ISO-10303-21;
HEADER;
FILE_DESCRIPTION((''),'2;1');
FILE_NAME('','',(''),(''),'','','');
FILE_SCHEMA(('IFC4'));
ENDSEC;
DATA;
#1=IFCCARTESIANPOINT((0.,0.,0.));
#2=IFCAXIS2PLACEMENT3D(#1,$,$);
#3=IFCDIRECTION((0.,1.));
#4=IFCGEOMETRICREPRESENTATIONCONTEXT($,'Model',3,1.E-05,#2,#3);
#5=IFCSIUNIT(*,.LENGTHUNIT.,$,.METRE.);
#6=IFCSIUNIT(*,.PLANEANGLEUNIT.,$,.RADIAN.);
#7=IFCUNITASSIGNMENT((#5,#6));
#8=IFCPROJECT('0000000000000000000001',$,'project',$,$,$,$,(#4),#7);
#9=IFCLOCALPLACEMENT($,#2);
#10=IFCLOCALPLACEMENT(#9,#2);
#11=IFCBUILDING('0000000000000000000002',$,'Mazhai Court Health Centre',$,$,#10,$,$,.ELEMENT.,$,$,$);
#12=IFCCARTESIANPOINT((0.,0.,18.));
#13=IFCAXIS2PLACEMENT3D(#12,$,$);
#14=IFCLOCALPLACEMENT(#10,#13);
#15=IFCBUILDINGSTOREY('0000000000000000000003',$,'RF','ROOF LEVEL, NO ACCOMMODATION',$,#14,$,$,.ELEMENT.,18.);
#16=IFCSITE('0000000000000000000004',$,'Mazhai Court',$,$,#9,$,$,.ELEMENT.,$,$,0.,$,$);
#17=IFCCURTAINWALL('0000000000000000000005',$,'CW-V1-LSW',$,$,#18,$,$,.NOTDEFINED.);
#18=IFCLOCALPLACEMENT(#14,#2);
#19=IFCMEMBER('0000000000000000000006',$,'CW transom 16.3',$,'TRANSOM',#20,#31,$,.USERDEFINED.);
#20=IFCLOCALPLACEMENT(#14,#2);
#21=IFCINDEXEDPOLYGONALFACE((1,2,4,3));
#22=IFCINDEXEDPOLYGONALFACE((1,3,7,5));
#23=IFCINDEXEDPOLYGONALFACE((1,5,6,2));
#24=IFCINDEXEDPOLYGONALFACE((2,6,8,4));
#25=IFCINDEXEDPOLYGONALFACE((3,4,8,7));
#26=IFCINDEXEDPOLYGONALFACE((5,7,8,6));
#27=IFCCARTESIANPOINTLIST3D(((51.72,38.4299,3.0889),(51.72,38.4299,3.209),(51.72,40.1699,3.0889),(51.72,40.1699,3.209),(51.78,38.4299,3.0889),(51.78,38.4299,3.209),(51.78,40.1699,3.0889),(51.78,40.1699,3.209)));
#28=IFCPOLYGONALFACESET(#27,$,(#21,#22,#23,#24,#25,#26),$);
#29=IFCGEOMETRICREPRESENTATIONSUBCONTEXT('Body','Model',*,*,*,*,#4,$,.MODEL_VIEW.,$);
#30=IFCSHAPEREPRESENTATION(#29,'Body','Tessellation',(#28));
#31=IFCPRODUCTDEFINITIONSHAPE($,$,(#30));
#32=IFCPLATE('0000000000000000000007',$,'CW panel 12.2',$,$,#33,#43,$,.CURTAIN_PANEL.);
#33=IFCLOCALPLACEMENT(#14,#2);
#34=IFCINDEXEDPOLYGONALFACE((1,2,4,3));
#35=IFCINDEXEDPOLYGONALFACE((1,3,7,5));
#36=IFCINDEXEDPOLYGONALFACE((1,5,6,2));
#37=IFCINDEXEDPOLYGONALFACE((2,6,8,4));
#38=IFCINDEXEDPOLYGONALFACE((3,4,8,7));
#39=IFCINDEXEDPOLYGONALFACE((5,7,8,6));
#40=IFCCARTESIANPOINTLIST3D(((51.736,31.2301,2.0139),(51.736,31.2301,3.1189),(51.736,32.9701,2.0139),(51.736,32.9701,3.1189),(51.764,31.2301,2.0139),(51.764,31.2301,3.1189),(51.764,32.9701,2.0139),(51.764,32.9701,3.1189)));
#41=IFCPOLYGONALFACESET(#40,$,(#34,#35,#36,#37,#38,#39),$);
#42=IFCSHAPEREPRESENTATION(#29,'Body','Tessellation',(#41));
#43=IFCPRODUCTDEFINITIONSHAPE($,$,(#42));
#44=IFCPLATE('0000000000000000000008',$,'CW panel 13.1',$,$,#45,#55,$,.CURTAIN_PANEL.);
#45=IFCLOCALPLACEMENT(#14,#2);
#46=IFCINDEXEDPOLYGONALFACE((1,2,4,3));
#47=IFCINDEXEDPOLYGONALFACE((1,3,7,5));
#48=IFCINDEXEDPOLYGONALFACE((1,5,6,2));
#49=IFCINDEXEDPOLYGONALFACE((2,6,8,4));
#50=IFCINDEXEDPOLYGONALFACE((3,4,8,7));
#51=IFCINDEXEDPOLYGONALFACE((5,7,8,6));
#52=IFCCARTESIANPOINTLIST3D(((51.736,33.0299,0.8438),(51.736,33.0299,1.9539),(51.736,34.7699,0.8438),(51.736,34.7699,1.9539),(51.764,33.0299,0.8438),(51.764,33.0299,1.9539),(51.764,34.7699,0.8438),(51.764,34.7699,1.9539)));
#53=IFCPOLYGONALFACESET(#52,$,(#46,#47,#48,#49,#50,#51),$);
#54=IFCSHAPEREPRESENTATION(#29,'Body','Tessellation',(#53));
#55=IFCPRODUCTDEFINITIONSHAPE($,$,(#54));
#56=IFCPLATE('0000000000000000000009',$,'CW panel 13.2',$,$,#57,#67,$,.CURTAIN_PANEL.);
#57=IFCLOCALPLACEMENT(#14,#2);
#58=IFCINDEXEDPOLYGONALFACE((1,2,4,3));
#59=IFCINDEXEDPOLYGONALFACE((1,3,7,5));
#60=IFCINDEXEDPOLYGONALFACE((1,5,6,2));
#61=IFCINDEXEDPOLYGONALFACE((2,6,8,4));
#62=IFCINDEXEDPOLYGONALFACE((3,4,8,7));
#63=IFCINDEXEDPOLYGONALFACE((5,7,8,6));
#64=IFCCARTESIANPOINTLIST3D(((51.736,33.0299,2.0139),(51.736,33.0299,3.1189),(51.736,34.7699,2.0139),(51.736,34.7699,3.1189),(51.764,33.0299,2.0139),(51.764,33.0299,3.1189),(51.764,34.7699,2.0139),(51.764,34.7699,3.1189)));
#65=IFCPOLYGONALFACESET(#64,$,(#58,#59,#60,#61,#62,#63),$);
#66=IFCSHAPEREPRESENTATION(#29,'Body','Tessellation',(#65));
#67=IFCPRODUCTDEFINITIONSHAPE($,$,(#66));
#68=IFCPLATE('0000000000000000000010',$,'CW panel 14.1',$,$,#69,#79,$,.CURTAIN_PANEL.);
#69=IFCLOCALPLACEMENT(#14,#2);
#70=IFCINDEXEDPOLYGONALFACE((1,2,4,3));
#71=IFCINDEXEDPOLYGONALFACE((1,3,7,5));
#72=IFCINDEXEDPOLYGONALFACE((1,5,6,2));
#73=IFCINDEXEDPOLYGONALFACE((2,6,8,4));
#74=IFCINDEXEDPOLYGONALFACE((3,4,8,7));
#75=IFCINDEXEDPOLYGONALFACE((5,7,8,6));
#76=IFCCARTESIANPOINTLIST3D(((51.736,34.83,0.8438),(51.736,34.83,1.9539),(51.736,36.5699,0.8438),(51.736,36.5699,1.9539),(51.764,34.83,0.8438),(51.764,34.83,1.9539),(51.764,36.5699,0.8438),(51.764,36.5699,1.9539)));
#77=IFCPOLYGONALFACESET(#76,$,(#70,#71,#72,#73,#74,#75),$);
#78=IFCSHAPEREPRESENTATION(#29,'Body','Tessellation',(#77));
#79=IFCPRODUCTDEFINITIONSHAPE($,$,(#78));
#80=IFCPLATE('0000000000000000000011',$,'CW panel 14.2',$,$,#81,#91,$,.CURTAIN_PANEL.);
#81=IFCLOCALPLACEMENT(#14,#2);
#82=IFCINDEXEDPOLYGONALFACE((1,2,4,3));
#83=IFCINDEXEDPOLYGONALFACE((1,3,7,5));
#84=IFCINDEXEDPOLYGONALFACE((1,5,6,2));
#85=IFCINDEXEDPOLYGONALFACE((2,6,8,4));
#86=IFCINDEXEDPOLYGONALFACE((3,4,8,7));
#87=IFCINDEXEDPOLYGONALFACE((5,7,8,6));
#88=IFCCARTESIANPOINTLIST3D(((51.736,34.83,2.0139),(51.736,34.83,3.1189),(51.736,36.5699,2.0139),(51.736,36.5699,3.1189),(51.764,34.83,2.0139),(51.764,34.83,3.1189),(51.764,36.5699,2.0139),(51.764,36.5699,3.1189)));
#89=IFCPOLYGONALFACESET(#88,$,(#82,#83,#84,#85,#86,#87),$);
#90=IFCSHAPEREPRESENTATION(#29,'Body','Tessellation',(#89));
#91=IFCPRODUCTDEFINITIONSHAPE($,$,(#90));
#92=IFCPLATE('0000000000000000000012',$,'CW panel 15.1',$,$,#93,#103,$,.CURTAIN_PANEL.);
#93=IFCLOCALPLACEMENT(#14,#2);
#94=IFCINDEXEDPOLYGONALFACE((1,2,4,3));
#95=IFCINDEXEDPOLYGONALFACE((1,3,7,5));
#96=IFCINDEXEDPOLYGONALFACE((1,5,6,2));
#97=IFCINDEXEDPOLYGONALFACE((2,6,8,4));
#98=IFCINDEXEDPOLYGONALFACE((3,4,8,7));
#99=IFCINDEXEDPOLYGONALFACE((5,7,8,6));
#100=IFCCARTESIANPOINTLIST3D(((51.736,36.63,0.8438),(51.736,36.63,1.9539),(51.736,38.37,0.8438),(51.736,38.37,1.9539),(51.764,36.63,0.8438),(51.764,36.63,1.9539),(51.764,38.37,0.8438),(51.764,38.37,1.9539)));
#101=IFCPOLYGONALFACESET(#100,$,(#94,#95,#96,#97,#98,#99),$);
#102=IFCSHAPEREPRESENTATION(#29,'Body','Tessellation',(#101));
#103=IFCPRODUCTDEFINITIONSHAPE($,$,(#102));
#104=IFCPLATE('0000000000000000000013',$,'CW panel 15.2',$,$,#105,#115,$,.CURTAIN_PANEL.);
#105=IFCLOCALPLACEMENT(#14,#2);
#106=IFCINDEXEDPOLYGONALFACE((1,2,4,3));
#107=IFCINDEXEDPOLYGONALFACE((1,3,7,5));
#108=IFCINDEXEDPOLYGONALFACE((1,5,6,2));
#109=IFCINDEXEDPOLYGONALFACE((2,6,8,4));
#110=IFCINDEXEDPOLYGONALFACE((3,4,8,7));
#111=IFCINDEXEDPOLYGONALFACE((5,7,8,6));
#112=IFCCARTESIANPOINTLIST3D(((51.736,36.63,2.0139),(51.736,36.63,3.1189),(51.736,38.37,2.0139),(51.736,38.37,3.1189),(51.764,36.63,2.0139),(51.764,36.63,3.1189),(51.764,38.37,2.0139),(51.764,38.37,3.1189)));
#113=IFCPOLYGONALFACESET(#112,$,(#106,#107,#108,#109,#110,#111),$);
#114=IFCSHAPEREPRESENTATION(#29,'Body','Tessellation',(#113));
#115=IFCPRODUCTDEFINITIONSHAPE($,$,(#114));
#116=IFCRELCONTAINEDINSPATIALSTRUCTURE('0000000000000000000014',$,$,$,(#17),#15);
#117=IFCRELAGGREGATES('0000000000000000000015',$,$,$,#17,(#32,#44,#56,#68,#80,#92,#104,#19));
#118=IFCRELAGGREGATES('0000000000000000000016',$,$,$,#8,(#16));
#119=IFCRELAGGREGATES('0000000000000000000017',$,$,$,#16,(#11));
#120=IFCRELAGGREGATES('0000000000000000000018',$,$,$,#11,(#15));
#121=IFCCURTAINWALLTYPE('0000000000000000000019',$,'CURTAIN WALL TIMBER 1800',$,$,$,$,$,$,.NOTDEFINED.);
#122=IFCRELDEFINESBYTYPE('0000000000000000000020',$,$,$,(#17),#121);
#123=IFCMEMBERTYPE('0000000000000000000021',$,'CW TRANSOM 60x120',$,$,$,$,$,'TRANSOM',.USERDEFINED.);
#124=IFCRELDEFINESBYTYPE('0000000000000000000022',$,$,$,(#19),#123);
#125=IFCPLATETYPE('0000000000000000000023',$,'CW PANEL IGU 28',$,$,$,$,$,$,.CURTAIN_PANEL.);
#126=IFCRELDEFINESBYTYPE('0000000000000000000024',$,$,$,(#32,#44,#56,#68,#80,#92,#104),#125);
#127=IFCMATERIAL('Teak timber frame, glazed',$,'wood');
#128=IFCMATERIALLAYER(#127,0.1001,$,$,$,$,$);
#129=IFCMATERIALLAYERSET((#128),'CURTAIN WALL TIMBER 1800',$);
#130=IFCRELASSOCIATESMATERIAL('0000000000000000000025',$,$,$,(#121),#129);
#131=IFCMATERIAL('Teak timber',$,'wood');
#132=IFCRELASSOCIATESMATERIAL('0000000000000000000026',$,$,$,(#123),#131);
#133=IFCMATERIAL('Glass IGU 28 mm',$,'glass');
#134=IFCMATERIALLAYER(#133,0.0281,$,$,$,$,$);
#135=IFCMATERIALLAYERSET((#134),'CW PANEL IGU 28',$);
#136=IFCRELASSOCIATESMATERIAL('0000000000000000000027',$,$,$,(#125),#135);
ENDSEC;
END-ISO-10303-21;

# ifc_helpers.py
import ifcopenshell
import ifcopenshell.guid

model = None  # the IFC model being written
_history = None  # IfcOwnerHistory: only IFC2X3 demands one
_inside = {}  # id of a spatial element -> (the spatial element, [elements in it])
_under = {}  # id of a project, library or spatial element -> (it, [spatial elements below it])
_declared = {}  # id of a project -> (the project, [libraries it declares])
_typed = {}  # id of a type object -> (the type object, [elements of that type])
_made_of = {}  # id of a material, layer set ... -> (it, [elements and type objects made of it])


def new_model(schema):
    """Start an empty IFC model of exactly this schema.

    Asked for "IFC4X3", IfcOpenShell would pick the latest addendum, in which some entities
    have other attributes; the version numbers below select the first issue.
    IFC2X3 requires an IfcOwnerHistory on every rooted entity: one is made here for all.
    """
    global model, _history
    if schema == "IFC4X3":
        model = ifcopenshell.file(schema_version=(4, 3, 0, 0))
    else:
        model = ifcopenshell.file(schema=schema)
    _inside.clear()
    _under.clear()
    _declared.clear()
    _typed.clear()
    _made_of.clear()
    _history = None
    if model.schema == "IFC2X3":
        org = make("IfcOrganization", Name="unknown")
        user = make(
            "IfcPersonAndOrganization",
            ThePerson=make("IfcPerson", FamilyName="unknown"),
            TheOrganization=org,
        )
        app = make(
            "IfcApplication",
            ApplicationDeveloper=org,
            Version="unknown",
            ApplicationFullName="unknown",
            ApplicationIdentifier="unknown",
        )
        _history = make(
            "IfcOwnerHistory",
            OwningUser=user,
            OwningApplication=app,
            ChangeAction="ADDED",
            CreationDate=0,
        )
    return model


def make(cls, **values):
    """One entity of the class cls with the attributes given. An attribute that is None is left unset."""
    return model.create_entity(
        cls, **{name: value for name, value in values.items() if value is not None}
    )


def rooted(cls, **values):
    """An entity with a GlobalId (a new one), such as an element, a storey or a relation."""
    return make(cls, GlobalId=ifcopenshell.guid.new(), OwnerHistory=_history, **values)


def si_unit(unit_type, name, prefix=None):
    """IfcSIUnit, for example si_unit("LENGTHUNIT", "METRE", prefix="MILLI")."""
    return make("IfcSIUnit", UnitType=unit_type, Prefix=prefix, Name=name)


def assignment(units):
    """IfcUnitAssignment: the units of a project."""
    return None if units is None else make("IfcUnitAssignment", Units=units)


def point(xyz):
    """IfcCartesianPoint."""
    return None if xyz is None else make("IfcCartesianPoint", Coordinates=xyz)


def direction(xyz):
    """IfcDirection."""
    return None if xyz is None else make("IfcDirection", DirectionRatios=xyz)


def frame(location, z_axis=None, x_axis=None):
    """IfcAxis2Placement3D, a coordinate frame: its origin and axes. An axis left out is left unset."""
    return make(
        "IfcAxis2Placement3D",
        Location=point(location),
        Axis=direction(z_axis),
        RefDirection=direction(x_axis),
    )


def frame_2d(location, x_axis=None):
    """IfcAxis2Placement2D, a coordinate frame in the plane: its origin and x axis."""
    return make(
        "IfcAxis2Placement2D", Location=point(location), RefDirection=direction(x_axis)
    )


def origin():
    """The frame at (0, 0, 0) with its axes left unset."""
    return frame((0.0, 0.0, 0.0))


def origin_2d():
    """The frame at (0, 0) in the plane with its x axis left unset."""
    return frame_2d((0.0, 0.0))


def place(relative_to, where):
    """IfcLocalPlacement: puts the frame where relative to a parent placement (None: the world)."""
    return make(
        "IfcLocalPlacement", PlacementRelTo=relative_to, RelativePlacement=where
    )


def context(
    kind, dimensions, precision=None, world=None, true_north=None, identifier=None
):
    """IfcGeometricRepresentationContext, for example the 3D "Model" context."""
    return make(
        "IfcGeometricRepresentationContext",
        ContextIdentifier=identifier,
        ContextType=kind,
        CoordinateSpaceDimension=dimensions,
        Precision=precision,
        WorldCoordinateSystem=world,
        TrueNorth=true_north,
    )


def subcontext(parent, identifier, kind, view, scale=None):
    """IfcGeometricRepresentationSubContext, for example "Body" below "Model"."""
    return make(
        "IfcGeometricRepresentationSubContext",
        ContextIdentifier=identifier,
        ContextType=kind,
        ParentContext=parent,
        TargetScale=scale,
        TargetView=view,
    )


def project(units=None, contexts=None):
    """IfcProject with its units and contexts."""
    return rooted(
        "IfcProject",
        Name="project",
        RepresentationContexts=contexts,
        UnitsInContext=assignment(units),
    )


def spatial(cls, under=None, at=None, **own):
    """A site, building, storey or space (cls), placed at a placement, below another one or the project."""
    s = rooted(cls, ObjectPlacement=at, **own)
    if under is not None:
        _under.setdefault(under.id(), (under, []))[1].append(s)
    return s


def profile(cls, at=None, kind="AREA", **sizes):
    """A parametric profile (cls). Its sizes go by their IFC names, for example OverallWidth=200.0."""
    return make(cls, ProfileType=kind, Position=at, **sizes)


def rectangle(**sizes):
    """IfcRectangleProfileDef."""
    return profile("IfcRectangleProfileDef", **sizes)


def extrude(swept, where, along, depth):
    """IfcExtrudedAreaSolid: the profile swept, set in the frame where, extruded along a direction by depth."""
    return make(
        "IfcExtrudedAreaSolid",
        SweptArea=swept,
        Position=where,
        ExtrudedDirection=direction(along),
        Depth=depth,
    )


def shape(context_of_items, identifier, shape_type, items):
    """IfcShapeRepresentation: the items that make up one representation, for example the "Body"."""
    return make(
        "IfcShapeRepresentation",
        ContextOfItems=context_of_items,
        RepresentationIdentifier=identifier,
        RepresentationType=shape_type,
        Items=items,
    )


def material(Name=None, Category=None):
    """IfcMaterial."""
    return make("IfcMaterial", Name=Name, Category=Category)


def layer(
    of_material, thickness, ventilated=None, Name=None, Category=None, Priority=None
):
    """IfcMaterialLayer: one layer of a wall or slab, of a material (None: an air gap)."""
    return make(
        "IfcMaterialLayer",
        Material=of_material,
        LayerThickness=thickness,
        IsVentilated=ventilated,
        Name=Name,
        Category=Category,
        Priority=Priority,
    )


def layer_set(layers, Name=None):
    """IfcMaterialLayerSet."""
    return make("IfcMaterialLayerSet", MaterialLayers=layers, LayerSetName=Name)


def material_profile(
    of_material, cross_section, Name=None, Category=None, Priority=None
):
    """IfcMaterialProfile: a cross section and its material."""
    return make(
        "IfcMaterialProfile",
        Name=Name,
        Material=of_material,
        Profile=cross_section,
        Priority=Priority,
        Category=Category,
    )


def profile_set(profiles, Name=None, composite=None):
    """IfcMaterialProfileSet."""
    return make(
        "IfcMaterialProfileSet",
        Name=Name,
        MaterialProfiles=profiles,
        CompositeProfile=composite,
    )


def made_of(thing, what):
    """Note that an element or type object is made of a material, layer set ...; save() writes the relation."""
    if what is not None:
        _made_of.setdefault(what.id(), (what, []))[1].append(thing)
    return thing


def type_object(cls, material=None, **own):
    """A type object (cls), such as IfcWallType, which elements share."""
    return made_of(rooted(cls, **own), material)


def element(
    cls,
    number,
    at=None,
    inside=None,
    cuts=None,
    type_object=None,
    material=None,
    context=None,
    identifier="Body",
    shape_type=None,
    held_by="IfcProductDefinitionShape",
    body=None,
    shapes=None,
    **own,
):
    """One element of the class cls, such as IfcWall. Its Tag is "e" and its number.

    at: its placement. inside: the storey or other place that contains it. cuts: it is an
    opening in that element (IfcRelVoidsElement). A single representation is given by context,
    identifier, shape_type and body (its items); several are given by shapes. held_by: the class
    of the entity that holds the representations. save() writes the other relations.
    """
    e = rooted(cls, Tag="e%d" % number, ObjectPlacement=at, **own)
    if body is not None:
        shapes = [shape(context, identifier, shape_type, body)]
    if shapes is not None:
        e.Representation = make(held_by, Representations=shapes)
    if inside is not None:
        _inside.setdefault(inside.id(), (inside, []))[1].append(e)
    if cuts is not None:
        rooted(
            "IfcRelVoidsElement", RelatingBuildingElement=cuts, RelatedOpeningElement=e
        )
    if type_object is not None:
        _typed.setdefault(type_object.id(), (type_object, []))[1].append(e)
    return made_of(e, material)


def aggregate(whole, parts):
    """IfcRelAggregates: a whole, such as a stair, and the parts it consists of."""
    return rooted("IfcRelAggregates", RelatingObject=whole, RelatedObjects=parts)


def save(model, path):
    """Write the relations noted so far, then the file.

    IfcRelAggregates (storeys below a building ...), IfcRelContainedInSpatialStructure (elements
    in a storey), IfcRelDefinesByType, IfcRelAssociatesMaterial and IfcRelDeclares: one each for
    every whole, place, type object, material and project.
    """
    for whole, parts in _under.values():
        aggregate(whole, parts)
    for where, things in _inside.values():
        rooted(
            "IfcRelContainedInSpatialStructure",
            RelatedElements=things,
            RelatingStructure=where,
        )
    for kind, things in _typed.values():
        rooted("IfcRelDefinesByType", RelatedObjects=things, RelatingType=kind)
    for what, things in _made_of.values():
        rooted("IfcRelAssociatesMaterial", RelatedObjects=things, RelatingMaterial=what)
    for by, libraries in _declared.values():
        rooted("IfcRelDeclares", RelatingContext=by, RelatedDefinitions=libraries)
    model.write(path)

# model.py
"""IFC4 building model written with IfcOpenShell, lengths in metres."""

from ifc_helpers import new_model, si_unit, direction, frame, origin, origin_2d, place, context, subcontext, project, spatial, rectangle, extrude, material, layer, layer_set, material_profile, profile_set, type_object, element, aggregate, save


model = new_model("IFC4")

# Units and contexts
model_context = context("Model", 3, precision=1e-05, world=origin(), true_north=direction((0.0, 1.0)))
body_context = subcontext(model_context, "Body", "Model", "MODEL_VIEW")
ifc_project = project(units=[si_unit("LENGTHUNIT", "METRE"), si_unit("PLANEANGLEUNIT", "RADIAN")], contexts=[model_context])

# Site, building, storey
site_placement = place(None, origin())
site = spatial("IfcSite", under=ifc_project, at=site_placement, Name="Mazhai Court", CompositionType="ELEMENT", RefElevation=0.0)
building_placement = place(site_placement, origin())
building = spatial("IfcBuilding", under=site, at=building_placement, Name="Mazhai Court Health Centre", CompositionType="ELEMENT")
storey_placement = place(building_placement, frame((0.0, 0.0, 18.0)))
storey = spatial("IfcBuildingStorey", under=building, at=storey_placement, Name="RF", Description="ROOF LEVEL, NO ACCOMMODATION", CompositionType="ELEMENT", Elevation=18.0)

# Curtain wall, member, plates
ifc_material_1 = material(Name="Teak timber frame, glazed", Category="wood")
ifc_layer_1 = layer(ifc_material_1, 0.1001)
ifc_layer_set_1 = layer_set([ifc_layer_1], Name="CURTAIN WALL TIMBER 1800")
curtain_wall_type = type_object("IfcCurtainWallType", Name="CURTAIN WALL TIMBER 1800", PredefinedType="NOTDEFINED", material=ifc_layer_set_1)
curtain_wall_placement = place(storey_placement, origin())
curtain_wall = element("IfcCurtainWall", 1, at=curtain_wall_placement, inside=storey, type_object=curtain_wall_type, Name="CW-V1-LSW", PredefinedType="NOTDEFINED")
ifc_material_2 = material(Name="Teak timber", Category="wood")
ifc_material_profile_1 = material_profile(ifc_material_2, rectangle(XDim=0.0601, YDim=0.1201, at=origin_2d()), Name="CW TRANSOM 60x120")
ifc_profile_set_1 = profile_set([ifc_material_profile_1], Name="Teak timber")
member_type_1 = type_object("IfcMemberType", Name="CW TRANSOM 60x120", ElementType="TRANSOM", PredefinedType="USERDEFINED", material=ifc_profile_set_1)
member_1_placement = place(storey_placement, frame((51.75, 38.4299, 3.1489), z_axis=(0.0, 1.0, 0.0), x_axis=(-1.0, 0.0, 0.0)))
member_1 = element("IfcMember", 2, at=member_1_placement, type_object=member_type_1, Name="CW transom 16.3", ObjectType="TRANSOM", PredefinedType="USERDEFINED", context=body_context, shape_type="SweptSolid", body=[
    extrude(rectangle(XDim=0.0601, YDim=0.1201, at=origin_2d()), origin(), (0.0, 0.0, 1.0), 1.74),
])
ifc_material_3 = material(Name="Glass IGU 28 mm", Category="glass")
ifc_layer_2 = layer(ifc_material_3, 0.0281)
ifc_layer_set_2 = layer_set([ifc_layer_2], Name="CW PANEL IGU 28")
plate_type = type_object("IfcPlateType", Name="CW PANEL IGU 28", PredefinedType="CURTAIN_PANEL", material=ifc_layer_set_2)
plate_1_placement = place(storey_placement, frame((51.75, 32.1001, 2.0139), z_axis=(0.0, 0.0, 1.0), x_axis=(0.0, 1.0, 0.0)))
plate_1 = element("IfcPlate", 3, at=plate_1_placement, type_object=plate_type, Name="CW panel 12.2", PredefinedType="CURTAIN_PANEL", context=body_context, shape_type="SweptSolid", body=[
    extrude(rectangle(XDim=1.74, YDim=0.0281, at=origin_2d()), origin(), (0.0, 0.0, 1.0), 1.105),
])
plate_2_placement = place(storey_placement, frame((51.75, 33.8999, 0.8438), z_axis=(0.0, 0.0, 1.0), x_axis=(0.0, 1.0, 0.0)))
plate_2 = element("IfcPlate", 4, at=plate_2_placement, type_object=plate_type, Name="CW panel 13.1", PredefinedType="CURTAIN_PANEL", context=body_context, shape_type="SweptSolid", body=[
    extrude(rectangle(XDim=1.74, YDim=0.0281, at=origin_2d()), origin(), (0.0, 0.0, 1.0), 1.1101),
])
plate_3_placement = place(storey_placement, frame((51.75, 33.8999, 2.0139), z_axis=(0.0, 0.0, 1.0), x_axis=(0.0, 1.0, 0.0)))
plate_3 = element("IfcPlate", 5, at=plate_3_placement, type_object=plate_type, Name="CW panel 13.2", PredefinedType="CURTAIN_PANEL", context=body_context, shape_type="SweptSolid", body=[
    extrude(rectangle(XDim=1.74, YDim=0.0281, at=origin_2d()), origin(), (0.0, 0.0, 1.0), 1.105),
])
plate_4_placement = place(storey_placement, frame((51.75, 35.7, 0.8438), z_axis=(0.0, 0.0, 1.0), x_axis=(0.0, 1.0, 0.0)))
plate_4 = element("IfcPlate", 6, at=plate_4_placement, type_object=plate_type, Name="CW panel 14.1", PredefinedType="CURTAIN_PANEL", context=body_context, shape_type="SweptSolid", body=[
    extrude(rectangle(XDim=1.74, YDim=0.0281, at=origin_2d()), origin(), (0.0, 0.0, 1.0), 1.1101),
])
plate_5_placement = place(storey_placement, frame((51.75, 35.7, 2.0139), z_axis=(0.0, 0.0, 1.0), x_axis=(0.0, 1.0, 0.0)))
plate_5 = element("IfcPlate", 7, at=plate_5_placement, type_object=plate_type, Name="CW panel 14.2", PredefinedType="CURTAIN_PANEL", context=body_context, shape_type="SweptSolid", body=[
    extrude(rectangle(XDim=1.74, YDim=0.0281, at=origin_2d()), origin(), (0.0, 0.0, 1.0), 1.105),
])
plate_6_placement = place(storey_placement, frame((51.75, 37.5, 0.8438), z_axis=(0.0, 0.0, 1.0), x_axis=(0.0, 1.0, 0.0)))
plate_6 = element("IfcPlate", 8, at=plate_6_placement, type_object=plate_type, Name="CW panel 15.1", PredefinedType="CURTAIN_PANEL", context=body_context, shape_type="SweptSolid", body=[
    extrude(rectangle(XDim=1.74, YDim=0.0281, at=origin_2d()), origin(), (0.0, 0.0, 1.0), 1.1101),
])
plate_7_placement = place(storey_placement, frame((51.75, 37.5, 2.0139), z_axis=(0.0, 0.0, 1.0), x_axis=(0.0, 1.0, 0.0)))
plate_7 = element("IfcPlate", 9, at=plate_7_placement, type_object=plate_type, Name="CW panel 15.2", PredefinedType="CURTAIN_PANEL", context=body_context, shape_type="SweptSolid", body=[
    extrude(rectangle(XDim=1.74, YDim=0.0281, at=origin_2d()), origin(), (0.0, 0.0, 1.0), 1.105),
])
aggregate(curtain_wall, [plate_1, plate_2, plate_3, plate_4, plate_5, plate_6, plate_7, member_1])

save(model, "model.ifc")
